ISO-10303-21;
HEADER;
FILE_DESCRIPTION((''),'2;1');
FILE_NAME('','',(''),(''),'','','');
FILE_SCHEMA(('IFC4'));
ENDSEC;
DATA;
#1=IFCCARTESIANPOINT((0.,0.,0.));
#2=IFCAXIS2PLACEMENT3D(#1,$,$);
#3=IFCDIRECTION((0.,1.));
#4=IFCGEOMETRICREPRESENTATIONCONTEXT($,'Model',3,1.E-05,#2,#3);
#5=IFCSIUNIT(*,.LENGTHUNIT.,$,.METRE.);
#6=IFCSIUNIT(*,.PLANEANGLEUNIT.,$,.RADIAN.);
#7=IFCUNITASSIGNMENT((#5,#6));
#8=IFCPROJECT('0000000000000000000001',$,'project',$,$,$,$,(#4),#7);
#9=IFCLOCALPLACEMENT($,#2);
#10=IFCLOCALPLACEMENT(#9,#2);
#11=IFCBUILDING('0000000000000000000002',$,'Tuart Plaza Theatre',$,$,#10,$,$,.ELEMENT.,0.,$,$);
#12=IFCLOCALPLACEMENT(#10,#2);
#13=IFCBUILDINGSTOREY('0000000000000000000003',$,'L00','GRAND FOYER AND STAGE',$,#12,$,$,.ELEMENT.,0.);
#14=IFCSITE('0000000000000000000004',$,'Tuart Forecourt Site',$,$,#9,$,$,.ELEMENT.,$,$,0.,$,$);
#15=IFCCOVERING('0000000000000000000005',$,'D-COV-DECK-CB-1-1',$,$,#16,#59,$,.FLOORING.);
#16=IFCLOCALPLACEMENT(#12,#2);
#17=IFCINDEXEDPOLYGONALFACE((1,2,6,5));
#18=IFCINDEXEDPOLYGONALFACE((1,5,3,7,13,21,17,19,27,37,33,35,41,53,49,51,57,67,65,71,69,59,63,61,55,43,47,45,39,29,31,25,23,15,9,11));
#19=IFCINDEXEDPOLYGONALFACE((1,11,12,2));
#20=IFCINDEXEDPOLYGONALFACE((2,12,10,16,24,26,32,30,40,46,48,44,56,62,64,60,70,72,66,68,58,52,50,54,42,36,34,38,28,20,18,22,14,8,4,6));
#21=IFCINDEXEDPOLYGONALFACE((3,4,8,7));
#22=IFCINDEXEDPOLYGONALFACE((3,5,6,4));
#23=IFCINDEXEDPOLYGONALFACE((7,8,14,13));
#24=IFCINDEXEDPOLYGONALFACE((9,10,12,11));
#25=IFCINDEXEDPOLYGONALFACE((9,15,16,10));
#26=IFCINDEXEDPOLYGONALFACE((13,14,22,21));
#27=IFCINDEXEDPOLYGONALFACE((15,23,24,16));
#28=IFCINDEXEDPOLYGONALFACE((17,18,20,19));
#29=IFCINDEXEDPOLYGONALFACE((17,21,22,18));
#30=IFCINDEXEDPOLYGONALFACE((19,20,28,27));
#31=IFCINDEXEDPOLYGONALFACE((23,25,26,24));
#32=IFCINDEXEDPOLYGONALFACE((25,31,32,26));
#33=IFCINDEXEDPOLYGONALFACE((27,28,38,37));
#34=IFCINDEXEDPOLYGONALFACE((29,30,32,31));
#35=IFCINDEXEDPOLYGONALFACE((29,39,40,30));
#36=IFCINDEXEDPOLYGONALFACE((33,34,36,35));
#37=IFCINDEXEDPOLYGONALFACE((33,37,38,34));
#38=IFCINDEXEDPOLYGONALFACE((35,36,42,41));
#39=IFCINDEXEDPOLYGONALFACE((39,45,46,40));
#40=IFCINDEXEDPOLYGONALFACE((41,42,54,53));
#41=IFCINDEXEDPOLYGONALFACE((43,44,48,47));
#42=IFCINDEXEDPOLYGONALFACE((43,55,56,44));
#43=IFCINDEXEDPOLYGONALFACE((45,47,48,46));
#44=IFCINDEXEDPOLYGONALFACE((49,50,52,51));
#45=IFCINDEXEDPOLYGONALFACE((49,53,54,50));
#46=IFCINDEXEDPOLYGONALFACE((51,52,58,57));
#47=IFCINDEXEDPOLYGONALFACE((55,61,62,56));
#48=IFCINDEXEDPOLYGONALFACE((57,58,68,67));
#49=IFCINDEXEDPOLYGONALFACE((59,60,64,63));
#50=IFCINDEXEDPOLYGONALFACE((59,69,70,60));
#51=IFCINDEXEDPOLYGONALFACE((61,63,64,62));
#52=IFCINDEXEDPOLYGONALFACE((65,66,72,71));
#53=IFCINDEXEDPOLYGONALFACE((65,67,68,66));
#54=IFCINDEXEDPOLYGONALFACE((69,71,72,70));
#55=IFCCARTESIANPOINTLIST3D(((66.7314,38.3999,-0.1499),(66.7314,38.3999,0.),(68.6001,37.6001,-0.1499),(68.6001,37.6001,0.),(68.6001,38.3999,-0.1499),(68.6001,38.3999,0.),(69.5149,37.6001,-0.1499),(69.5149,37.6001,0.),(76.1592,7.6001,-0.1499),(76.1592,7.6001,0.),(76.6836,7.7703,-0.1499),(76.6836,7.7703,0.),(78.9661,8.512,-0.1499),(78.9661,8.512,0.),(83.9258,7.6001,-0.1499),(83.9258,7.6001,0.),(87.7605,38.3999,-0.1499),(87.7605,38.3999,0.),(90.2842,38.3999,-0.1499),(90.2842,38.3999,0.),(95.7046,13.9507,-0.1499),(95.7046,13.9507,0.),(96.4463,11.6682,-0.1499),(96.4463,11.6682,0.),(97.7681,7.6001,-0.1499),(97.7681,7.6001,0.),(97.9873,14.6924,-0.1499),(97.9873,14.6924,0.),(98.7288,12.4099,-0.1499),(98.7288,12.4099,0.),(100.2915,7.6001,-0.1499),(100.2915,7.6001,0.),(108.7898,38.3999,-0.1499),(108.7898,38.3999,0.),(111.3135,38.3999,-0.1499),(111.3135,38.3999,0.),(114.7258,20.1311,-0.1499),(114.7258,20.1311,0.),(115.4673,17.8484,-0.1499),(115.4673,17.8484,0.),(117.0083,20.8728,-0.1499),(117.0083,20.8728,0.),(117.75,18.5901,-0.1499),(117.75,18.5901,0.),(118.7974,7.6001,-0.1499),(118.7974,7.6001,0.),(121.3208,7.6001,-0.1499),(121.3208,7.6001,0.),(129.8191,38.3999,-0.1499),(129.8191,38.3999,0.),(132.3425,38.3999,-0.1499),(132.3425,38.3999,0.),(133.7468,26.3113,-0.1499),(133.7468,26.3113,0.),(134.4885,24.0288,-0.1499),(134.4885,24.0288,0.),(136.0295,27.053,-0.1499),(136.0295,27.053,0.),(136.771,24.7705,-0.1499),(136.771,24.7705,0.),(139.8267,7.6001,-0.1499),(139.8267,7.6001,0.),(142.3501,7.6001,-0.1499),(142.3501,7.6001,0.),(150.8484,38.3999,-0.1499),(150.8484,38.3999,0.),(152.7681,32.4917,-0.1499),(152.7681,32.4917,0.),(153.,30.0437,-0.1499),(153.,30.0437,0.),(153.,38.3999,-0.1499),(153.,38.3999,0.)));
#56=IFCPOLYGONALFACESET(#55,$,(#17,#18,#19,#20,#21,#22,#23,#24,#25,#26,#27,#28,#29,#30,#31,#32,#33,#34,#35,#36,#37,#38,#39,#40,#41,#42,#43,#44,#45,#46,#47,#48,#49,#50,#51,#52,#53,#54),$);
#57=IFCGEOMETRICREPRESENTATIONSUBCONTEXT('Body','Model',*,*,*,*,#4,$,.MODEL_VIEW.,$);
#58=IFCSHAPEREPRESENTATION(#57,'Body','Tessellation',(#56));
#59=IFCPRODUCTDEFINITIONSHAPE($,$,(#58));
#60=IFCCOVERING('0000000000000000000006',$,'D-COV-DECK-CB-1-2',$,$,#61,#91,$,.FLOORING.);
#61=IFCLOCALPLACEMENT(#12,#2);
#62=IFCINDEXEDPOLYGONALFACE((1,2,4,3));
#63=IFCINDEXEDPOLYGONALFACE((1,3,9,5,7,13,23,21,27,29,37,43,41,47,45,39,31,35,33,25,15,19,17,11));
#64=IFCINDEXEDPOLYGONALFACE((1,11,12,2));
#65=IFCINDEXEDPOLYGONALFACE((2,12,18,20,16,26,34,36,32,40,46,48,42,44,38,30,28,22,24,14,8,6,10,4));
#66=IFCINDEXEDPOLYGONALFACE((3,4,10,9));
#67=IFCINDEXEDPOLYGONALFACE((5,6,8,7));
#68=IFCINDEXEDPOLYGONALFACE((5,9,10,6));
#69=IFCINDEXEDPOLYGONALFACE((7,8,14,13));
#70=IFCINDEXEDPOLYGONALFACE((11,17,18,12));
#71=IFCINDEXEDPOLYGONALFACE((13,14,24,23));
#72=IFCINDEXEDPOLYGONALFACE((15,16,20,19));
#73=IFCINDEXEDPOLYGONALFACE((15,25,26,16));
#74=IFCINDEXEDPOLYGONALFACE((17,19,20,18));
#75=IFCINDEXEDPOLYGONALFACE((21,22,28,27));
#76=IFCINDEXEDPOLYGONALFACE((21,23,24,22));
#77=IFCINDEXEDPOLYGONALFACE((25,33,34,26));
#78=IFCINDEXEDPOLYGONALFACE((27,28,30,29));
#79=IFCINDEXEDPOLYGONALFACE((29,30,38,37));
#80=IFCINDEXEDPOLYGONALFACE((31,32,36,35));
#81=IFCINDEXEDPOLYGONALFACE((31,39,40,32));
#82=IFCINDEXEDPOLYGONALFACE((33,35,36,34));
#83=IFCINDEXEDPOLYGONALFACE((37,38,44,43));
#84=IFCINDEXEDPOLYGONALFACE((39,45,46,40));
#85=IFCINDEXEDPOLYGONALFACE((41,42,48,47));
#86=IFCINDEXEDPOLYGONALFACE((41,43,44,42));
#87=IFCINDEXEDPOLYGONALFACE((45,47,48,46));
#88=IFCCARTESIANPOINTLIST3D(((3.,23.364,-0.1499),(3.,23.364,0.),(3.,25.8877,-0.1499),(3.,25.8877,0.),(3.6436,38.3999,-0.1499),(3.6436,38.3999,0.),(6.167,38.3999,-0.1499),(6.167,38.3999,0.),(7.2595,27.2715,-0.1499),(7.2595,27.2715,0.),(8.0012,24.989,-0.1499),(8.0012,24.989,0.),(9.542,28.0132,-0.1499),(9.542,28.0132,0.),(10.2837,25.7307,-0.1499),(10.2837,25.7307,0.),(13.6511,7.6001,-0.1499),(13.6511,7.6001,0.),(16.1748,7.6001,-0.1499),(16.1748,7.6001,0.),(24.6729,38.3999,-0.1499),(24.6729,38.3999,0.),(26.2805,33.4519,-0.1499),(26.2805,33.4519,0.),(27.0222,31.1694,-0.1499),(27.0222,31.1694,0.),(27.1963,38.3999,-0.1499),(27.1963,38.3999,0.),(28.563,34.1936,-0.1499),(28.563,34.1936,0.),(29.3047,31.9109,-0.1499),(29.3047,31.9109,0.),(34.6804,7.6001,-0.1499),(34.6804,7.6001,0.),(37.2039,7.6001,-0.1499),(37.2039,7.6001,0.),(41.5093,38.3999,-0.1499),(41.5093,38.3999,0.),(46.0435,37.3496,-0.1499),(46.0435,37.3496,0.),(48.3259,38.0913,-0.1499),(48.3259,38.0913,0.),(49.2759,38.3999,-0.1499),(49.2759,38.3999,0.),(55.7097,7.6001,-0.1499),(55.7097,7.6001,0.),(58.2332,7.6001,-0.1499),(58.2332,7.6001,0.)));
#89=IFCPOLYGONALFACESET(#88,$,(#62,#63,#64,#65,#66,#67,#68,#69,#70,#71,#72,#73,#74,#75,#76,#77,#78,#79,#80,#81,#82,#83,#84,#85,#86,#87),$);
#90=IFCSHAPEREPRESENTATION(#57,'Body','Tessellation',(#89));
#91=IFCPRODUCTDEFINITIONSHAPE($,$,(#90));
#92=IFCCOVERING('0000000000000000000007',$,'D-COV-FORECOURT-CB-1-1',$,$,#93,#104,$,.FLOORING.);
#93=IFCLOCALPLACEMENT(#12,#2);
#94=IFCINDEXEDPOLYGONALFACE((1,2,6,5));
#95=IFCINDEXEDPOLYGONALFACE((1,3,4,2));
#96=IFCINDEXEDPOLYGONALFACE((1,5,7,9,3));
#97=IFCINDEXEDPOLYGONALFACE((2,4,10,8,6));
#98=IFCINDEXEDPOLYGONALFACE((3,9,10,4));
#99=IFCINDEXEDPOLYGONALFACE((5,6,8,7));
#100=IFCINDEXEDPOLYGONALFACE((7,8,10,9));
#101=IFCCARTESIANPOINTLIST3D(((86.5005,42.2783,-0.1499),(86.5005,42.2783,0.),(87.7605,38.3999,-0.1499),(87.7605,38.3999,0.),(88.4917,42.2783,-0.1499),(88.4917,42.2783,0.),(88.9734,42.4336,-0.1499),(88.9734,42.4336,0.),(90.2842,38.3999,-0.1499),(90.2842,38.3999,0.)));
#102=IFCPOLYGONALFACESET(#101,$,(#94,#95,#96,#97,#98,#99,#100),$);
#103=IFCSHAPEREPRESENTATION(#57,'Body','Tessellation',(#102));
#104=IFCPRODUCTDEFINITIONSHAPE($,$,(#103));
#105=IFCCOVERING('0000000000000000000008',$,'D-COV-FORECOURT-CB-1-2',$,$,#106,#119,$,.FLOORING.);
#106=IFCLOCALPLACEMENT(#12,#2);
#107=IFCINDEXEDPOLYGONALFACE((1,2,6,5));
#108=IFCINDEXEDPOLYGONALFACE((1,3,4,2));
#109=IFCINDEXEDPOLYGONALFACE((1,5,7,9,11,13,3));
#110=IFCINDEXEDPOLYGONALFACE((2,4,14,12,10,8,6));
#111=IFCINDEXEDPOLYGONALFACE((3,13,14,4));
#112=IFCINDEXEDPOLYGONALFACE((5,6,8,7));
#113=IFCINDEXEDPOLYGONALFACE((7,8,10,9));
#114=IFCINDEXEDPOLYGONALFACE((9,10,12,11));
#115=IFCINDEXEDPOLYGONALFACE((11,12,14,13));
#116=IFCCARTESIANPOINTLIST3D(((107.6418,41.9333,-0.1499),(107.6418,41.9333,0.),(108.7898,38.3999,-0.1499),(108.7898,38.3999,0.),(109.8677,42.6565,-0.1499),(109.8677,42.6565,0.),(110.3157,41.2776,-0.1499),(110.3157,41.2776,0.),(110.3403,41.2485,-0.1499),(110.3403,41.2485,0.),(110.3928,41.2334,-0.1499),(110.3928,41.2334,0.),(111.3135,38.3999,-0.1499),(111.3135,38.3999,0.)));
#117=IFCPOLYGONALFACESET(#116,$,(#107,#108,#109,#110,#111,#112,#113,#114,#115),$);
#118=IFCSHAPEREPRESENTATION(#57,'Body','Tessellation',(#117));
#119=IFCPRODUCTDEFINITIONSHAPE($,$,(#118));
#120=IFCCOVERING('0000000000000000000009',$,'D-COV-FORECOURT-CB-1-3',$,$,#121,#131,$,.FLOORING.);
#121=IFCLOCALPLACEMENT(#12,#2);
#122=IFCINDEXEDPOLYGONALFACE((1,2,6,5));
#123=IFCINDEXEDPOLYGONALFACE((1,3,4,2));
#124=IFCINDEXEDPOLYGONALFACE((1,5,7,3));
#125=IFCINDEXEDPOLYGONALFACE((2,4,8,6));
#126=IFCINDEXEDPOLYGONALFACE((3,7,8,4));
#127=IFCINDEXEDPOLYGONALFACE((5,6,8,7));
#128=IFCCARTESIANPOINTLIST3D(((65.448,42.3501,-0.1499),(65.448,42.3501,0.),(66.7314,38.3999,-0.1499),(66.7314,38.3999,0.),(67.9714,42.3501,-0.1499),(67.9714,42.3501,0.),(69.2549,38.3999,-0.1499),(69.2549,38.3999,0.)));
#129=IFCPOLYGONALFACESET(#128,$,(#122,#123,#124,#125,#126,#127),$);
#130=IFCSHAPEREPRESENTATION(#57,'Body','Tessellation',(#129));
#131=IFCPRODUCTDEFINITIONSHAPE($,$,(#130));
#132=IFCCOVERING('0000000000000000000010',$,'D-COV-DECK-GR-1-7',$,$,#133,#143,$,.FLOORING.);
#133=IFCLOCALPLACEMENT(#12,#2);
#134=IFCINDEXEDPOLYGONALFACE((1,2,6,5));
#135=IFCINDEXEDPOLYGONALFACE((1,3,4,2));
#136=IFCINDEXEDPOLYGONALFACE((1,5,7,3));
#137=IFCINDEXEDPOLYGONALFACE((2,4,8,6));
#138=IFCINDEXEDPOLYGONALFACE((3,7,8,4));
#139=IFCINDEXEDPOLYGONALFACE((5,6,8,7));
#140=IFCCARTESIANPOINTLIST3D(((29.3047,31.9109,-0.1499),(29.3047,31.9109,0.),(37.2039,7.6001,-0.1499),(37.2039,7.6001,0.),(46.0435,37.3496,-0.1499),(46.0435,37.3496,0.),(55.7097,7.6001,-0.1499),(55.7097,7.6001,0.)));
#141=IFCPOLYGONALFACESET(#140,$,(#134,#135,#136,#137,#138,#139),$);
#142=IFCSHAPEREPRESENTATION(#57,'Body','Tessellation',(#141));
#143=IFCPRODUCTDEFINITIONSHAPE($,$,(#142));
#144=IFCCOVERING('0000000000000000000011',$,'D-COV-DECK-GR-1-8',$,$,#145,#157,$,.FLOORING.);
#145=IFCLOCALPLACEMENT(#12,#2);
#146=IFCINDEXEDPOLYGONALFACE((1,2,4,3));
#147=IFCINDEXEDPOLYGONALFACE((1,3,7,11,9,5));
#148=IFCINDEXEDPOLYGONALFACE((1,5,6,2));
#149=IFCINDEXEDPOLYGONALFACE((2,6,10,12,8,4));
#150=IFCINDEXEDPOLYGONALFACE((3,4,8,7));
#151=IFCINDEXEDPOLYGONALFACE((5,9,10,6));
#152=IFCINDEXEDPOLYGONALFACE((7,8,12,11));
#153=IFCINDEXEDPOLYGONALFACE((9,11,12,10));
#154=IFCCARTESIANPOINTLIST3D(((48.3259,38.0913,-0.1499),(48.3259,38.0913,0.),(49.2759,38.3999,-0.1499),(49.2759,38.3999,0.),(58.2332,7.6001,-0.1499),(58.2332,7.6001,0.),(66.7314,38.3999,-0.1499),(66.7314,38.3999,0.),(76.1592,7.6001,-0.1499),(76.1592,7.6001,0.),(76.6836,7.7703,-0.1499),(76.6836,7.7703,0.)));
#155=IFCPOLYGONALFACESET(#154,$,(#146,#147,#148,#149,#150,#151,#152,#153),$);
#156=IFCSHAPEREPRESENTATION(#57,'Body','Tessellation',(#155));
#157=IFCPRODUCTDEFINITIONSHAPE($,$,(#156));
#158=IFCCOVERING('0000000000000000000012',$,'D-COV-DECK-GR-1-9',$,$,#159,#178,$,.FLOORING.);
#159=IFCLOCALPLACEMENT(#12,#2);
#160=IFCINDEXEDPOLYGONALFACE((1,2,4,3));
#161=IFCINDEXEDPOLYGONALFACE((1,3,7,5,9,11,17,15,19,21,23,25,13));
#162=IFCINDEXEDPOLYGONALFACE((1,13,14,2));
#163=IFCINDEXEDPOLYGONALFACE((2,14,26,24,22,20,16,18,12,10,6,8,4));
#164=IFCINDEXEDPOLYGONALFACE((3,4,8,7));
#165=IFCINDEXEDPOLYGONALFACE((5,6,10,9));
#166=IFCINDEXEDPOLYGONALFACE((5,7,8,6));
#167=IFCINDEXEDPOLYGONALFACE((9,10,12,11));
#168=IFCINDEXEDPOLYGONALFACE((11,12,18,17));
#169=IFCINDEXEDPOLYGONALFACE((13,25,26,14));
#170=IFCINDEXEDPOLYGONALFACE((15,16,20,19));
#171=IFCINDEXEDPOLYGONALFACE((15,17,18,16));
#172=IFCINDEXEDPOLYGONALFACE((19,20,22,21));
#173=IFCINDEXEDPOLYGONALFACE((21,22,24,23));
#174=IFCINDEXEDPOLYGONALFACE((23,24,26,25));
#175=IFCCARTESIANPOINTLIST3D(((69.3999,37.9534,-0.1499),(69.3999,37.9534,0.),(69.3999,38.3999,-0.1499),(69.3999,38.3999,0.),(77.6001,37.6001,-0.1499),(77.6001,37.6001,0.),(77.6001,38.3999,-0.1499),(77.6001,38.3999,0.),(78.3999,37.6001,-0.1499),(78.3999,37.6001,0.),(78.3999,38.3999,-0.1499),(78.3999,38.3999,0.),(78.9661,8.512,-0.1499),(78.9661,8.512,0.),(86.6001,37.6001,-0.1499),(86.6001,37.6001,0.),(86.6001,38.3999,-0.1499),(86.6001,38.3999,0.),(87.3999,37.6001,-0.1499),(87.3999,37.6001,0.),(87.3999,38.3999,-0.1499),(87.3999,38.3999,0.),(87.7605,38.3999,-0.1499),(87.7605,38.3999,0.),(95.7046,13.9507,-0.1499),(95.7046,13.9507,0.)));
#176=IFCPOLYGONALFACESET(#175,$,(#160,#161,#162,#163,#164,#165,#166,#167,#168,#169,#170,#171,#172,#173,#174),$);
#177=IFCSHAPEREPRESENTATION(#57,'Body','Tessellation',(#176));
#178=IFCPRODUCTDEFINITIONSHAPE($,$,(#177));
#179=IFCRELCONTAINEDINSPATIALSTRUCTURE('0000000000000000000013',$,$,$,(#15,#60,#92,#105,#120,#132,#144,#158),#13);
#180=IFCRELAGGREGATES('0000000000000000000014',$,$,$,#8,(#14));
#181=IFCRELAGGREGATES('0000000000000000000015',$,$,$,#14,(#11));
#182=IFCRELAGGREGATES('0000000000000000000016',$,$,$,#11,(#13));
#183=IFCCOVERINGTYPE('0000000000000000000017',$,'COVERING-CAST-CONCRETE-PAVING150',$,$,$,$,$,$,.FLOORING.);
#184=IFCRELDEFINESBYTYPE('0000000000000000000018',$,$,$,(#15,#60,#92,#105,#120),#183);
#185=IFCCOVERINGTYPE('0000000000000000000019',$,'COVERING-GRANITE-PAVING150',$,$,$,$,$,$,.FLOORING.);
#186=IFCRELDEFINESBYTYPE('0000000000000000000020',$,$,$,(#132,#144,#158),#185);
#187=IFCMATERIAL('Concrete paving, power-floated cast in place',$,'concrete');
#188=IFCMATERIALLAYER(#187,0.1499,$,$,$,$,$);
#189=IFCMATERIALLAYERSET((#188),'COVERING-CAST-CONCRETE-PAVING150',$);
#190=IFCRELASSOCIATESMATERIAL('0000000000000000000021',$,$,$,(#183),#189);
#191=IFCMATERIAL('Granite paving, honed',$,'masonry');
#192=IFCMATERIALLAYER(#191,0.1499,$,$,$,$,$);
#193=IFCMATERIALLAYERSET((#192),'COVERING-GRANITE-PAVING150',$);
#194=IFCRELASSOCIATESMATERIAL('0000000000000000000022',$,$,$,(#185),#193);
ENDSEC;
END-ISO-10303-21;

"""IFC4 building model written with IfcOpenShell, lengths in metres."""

from ifc_helpers import new_model, si_unit, direction, frame, origin, place, context, subcontext, project, spatial, polyline, outline, extrude, material, layer, layer_set, type_object, element, save


model = new_model("IFC4")

# Units and contexts
model_context = context("Model", 3, precision=1e-05, world=origin(), true_north=direction((0.0, 1.0)))
body_context = subcontext(model_context, "Body", "Model", "MODEL_VIEW")
ifc_project = project(units=[si_unit("LENGTHUNIT", "METRE"), si_unit("PLANEANGLEUNIT", "RADIAN")], contexts=[model_context])

# Site, building, storey
site_placement = place(None, origin())
site = spatial("IfcSite", under=ifc_project, at=site_placement, Name="Tuart Forecourt Site", CompositionType="ELEMENT", RefElevation=0.0)
building_placement = place(site_placement, origin())
building = spatial("IfcBuilding", under=site, at=building_placement, Name="Tuart Plaza Theatre", CompositionType="ELEMENT", ElevationOfRefHeight=0.0)
storey_placement = place(building_placement, origin())
storey = spatial("IfcBuildingStorey", under=building, at=storey_placement, Name="L00", Description="GRAND FOYER AND STAGE", CompositionType="ELEMENT", Elevation=0.0)

# Coverings
ifc_material_1 = material(Name="Concrete paving, power-floated cast in place", Category="concrete")
ifc_layer_1 = layer(ifc_material_1, 0.1499)
ifc_layer_set_1 = layer_set([ifc_layer_1], Name="COVERING-CAST-CONCRETE-PAVING150")
covering_type_1 = type_object("IfcCoveringType", Name="COVERING-CAST-CONCRETE-PAVING150", PredefinedType="FLOORING", material=ifc_layer_set_1)
covering_1_placement = place(storey_placement, frame((0.0, 0.0, -0.1499)))
element("IfcCovering", 1, at=covering_1_placement, inside=storey, type_object=covering_type_1, Name="D-COV-DECK-CB-1-1", PredefinedType="FLOORING", context=body_context, shape_type="SweptSolid", body=[
    extrude(outline(polyline([(68.6001, 37.6001), (68.6001, 38.3999), (66.7314, 38.3999), (76.6836, 7.7703), (76.1592, 7.6001), (83.9258, 7.6001), (96.4463, 11.6682), (97.7681, 7.6001), (100.2915, 7.6001), (98.7288, 12.4099), (115.4673, 17.8484), (118.7974, 7.6001), (121.3208, 7.6001), (117.75, 18.5901), (134.4885, 24.0288), (139.8267, 7.6001), (142.3501, 7.6001), (136.771, 24.7705), (153.0, 30.0437), (153.0, 38.3999), (150.8484, 38.3999), (152.7681, 32.4917), (136.0295, 27.053), (132.3425, 38.3999), (129.8191, 38.3999), (133.7468, 26.3113), (117.0083, 20.8728), (111.3135, 38.3999), (108.7898, 38.3999), (114.7258, 20.1311), (97.9873, 14.6924), (90.2842, 38.3999), (87.7605, 38.3999), (95.7046, 13.9507), (78.9661, 8.512), (69.5149, 37.6001), (68.6001, 37.6001)])), origin(), (0.0, 0.0, 1.0), 0.1499),
])
covering_2_placement = place(storey_placement, frame((0.0, 0.0, -0.1499)))
element("IfcCovering", 2, at=covering_2_placement, inside=storey, type_object=covering_type_1, Name="D-COV-DECK-CB-1-2", PredefinedType="FLOORING", context=body_context, shape_type="SweptSolid", body=[
    extrude(outline(polyline([(13.6511, 7.6001), (16.1748, 7.6001), (10.2837, 25.7307), (27.0222, 31.1694), (34.6804, 7.6001), (37.2039, 7.6001), (29.3047, 31.9109), (46.0435, 37.3496), (55.7097, 7.6001), (58.2332, 7.6001), (48.3259, 38.0913), (49.2759, 38.3999), (41.5093, 38.3999), (28.563, 34.1936), (27.1963, 38.3999), (24.6729, 38.3999), (26.2805, 33.4519), (9.542, 28.0132), (6.167, 38.3999), (3.6436, 38.3999), (7.2595, 27.2715), (3.0, 25.8877), (3.0, 23.364), (8.0012, 24.989), (13.6511, 7.6001)])), origin(), (0.0, 0.0, 1.0), 0.1499),
])
covering_3_placement = place(storey_placement, frame((0.0, 0.0, -0.1499)))
element("IfcCovering", 3, at=covering_3_placement, inside=storey, type_object=covering_type_1, Name="D-COV-FORECOURT-CB-1-1", PredefinedType="FLOORING", context=body_context, shape_type="SweptSolid", body=[
    extrude(outline(polyline([(88.9734, 42.4336), (88.4917, 42.2783), (86.5005, 42.2783), (87.7605, 38.3999), (90.2842, 38.3999), (88.9734, 42.4336)])), origin(), (0.0, 0.0, 1.0), 0.1499),
])
covering_4_placement = place(storey_placement, frame((0.0, 0.0, -0.1499)))
element("IfcCovering", 4, at=covering_4_placement, inside=storey, type_object=covering_type_1, Name="D-COV-FORECOURT-CB-1-2", PredefinedType="FLOORING", context=body_context, shape_type="SweptSolid", body=[
    extrude(outline(polyline([(110.3403, 41.2485), (110.3157, 41.2776), (109.8677, 42.6565), (107.6418, 41.9333), (108.7898, 38.3999), (111.3135, 38.3999), (110.3928, 41.2334), (110.3403, 41.2485)])), origin(), (0.0, 0.0, 1.0), 0.1499),
])
covering_5_placement = place(storey_placement, frame((0.0, 0.0, -0.1499)))
element("IfcCovering", 5, at=covering_5_placement, inside=storey, type_object=covering_type_1, Name="D-COV-FORECOURT-CB-1-3", PredefinedType="FLOORING", context=body_context, shape_type="SweptSolid", body=[
    extrude(outline(polyline([(67.9714, 42.3501), (65.448, 42.3501), (66.7314, 38.3999), (69.2549, 38.3999), (67.9714, 42.3501)])), origin(), (0.0, 0.0, 1.0), 0.1499),
])
ifc_material_2 = material(Name="Granite paving, honed", Category="masonry")
ifc_layer_2 = layer(ifc_material_2, 0.1499)
ifc_layer_set_2 = layer_set([ifc_layer_2], Name="COVERING-GRANITE-PAVING150")
covering_type_2 = type_object("IfcCoveringType", Name="COVERING-GRANITE-PAVING150", PredefinedType="FLOORING", material=ifc_layer_set_2)
covering_6_placement = place(storey_placement, frame((0.0, 0.0, -0.1499)))
element("IfcCovering", 6, at=covering_6_placement, inside=storey, type_object=covering_type_2, Name="D-COV-DECK-GR-1-7", PredefinedType="FLOORING", context=body_context, shape_type="SweptSolid", body=[
    extrude(outline(polyline([(55.7097, 7.6001), (46.0435, 37.3496), (29.3047, 31.9109), (37.2039, 7.6001), (55.7097, 7.6001)])), origin(), (0.0, 0.0, 1.0), 0.1499),
])
covering_7_placement = place(storey_placement, frame((0.0, 0.0, -0.1499)))
element("IfcCovering", 7, at=covering_7_placement, inside=storey, type_object=covering_type_2, Name="D-COV-DECK-GR-1-8", PredefinedType="FLOORING", context=body_context, shape_type="SweptSolid", body=[
    extrude(outline(polyline([(76.1592, 7.6001), (76.6836, 7.7703), (66.7314, 38.3999), (49.2759, 38.3999), (48.3259, 38.0913), (58.2332, 7.6001), (76.1592, 7.6001)])), origin(), (0.0, 0.0, 1.0), 0.1499),
])
covering_8_placement = place(storey_placement, frame((0.0, 0.0, -0.1499)))
element("IfcCovering", 8, at=covering_8_placement, inside=storey, type_object=covering_type_2, Name="D-COV-DECK-GR-1-9", PredefinedType="FLOORING", context=body_context, shape_type="SweptSolid", body=[
    extrude(outline(polyline([(69.3999, 37.9534), (78.9661, 8.512), (95.7046, 13.9507), (87.7605, 38.3999), (87.3999, 38.3999), (87.3999, 37.6001), (86.6001, 37.6001), (86.6001, 38.3999), (78.3999, 38.3999), (78.3999, 37.6001), (77.6001, 37.6001), (77.6001, 38.3999), (69.3999, 38.3999), (69.3999, 37.9534)])), origin(), (0.0, 0.0, 1.0), 0.1499),
])

save(model, "model.ifc")
